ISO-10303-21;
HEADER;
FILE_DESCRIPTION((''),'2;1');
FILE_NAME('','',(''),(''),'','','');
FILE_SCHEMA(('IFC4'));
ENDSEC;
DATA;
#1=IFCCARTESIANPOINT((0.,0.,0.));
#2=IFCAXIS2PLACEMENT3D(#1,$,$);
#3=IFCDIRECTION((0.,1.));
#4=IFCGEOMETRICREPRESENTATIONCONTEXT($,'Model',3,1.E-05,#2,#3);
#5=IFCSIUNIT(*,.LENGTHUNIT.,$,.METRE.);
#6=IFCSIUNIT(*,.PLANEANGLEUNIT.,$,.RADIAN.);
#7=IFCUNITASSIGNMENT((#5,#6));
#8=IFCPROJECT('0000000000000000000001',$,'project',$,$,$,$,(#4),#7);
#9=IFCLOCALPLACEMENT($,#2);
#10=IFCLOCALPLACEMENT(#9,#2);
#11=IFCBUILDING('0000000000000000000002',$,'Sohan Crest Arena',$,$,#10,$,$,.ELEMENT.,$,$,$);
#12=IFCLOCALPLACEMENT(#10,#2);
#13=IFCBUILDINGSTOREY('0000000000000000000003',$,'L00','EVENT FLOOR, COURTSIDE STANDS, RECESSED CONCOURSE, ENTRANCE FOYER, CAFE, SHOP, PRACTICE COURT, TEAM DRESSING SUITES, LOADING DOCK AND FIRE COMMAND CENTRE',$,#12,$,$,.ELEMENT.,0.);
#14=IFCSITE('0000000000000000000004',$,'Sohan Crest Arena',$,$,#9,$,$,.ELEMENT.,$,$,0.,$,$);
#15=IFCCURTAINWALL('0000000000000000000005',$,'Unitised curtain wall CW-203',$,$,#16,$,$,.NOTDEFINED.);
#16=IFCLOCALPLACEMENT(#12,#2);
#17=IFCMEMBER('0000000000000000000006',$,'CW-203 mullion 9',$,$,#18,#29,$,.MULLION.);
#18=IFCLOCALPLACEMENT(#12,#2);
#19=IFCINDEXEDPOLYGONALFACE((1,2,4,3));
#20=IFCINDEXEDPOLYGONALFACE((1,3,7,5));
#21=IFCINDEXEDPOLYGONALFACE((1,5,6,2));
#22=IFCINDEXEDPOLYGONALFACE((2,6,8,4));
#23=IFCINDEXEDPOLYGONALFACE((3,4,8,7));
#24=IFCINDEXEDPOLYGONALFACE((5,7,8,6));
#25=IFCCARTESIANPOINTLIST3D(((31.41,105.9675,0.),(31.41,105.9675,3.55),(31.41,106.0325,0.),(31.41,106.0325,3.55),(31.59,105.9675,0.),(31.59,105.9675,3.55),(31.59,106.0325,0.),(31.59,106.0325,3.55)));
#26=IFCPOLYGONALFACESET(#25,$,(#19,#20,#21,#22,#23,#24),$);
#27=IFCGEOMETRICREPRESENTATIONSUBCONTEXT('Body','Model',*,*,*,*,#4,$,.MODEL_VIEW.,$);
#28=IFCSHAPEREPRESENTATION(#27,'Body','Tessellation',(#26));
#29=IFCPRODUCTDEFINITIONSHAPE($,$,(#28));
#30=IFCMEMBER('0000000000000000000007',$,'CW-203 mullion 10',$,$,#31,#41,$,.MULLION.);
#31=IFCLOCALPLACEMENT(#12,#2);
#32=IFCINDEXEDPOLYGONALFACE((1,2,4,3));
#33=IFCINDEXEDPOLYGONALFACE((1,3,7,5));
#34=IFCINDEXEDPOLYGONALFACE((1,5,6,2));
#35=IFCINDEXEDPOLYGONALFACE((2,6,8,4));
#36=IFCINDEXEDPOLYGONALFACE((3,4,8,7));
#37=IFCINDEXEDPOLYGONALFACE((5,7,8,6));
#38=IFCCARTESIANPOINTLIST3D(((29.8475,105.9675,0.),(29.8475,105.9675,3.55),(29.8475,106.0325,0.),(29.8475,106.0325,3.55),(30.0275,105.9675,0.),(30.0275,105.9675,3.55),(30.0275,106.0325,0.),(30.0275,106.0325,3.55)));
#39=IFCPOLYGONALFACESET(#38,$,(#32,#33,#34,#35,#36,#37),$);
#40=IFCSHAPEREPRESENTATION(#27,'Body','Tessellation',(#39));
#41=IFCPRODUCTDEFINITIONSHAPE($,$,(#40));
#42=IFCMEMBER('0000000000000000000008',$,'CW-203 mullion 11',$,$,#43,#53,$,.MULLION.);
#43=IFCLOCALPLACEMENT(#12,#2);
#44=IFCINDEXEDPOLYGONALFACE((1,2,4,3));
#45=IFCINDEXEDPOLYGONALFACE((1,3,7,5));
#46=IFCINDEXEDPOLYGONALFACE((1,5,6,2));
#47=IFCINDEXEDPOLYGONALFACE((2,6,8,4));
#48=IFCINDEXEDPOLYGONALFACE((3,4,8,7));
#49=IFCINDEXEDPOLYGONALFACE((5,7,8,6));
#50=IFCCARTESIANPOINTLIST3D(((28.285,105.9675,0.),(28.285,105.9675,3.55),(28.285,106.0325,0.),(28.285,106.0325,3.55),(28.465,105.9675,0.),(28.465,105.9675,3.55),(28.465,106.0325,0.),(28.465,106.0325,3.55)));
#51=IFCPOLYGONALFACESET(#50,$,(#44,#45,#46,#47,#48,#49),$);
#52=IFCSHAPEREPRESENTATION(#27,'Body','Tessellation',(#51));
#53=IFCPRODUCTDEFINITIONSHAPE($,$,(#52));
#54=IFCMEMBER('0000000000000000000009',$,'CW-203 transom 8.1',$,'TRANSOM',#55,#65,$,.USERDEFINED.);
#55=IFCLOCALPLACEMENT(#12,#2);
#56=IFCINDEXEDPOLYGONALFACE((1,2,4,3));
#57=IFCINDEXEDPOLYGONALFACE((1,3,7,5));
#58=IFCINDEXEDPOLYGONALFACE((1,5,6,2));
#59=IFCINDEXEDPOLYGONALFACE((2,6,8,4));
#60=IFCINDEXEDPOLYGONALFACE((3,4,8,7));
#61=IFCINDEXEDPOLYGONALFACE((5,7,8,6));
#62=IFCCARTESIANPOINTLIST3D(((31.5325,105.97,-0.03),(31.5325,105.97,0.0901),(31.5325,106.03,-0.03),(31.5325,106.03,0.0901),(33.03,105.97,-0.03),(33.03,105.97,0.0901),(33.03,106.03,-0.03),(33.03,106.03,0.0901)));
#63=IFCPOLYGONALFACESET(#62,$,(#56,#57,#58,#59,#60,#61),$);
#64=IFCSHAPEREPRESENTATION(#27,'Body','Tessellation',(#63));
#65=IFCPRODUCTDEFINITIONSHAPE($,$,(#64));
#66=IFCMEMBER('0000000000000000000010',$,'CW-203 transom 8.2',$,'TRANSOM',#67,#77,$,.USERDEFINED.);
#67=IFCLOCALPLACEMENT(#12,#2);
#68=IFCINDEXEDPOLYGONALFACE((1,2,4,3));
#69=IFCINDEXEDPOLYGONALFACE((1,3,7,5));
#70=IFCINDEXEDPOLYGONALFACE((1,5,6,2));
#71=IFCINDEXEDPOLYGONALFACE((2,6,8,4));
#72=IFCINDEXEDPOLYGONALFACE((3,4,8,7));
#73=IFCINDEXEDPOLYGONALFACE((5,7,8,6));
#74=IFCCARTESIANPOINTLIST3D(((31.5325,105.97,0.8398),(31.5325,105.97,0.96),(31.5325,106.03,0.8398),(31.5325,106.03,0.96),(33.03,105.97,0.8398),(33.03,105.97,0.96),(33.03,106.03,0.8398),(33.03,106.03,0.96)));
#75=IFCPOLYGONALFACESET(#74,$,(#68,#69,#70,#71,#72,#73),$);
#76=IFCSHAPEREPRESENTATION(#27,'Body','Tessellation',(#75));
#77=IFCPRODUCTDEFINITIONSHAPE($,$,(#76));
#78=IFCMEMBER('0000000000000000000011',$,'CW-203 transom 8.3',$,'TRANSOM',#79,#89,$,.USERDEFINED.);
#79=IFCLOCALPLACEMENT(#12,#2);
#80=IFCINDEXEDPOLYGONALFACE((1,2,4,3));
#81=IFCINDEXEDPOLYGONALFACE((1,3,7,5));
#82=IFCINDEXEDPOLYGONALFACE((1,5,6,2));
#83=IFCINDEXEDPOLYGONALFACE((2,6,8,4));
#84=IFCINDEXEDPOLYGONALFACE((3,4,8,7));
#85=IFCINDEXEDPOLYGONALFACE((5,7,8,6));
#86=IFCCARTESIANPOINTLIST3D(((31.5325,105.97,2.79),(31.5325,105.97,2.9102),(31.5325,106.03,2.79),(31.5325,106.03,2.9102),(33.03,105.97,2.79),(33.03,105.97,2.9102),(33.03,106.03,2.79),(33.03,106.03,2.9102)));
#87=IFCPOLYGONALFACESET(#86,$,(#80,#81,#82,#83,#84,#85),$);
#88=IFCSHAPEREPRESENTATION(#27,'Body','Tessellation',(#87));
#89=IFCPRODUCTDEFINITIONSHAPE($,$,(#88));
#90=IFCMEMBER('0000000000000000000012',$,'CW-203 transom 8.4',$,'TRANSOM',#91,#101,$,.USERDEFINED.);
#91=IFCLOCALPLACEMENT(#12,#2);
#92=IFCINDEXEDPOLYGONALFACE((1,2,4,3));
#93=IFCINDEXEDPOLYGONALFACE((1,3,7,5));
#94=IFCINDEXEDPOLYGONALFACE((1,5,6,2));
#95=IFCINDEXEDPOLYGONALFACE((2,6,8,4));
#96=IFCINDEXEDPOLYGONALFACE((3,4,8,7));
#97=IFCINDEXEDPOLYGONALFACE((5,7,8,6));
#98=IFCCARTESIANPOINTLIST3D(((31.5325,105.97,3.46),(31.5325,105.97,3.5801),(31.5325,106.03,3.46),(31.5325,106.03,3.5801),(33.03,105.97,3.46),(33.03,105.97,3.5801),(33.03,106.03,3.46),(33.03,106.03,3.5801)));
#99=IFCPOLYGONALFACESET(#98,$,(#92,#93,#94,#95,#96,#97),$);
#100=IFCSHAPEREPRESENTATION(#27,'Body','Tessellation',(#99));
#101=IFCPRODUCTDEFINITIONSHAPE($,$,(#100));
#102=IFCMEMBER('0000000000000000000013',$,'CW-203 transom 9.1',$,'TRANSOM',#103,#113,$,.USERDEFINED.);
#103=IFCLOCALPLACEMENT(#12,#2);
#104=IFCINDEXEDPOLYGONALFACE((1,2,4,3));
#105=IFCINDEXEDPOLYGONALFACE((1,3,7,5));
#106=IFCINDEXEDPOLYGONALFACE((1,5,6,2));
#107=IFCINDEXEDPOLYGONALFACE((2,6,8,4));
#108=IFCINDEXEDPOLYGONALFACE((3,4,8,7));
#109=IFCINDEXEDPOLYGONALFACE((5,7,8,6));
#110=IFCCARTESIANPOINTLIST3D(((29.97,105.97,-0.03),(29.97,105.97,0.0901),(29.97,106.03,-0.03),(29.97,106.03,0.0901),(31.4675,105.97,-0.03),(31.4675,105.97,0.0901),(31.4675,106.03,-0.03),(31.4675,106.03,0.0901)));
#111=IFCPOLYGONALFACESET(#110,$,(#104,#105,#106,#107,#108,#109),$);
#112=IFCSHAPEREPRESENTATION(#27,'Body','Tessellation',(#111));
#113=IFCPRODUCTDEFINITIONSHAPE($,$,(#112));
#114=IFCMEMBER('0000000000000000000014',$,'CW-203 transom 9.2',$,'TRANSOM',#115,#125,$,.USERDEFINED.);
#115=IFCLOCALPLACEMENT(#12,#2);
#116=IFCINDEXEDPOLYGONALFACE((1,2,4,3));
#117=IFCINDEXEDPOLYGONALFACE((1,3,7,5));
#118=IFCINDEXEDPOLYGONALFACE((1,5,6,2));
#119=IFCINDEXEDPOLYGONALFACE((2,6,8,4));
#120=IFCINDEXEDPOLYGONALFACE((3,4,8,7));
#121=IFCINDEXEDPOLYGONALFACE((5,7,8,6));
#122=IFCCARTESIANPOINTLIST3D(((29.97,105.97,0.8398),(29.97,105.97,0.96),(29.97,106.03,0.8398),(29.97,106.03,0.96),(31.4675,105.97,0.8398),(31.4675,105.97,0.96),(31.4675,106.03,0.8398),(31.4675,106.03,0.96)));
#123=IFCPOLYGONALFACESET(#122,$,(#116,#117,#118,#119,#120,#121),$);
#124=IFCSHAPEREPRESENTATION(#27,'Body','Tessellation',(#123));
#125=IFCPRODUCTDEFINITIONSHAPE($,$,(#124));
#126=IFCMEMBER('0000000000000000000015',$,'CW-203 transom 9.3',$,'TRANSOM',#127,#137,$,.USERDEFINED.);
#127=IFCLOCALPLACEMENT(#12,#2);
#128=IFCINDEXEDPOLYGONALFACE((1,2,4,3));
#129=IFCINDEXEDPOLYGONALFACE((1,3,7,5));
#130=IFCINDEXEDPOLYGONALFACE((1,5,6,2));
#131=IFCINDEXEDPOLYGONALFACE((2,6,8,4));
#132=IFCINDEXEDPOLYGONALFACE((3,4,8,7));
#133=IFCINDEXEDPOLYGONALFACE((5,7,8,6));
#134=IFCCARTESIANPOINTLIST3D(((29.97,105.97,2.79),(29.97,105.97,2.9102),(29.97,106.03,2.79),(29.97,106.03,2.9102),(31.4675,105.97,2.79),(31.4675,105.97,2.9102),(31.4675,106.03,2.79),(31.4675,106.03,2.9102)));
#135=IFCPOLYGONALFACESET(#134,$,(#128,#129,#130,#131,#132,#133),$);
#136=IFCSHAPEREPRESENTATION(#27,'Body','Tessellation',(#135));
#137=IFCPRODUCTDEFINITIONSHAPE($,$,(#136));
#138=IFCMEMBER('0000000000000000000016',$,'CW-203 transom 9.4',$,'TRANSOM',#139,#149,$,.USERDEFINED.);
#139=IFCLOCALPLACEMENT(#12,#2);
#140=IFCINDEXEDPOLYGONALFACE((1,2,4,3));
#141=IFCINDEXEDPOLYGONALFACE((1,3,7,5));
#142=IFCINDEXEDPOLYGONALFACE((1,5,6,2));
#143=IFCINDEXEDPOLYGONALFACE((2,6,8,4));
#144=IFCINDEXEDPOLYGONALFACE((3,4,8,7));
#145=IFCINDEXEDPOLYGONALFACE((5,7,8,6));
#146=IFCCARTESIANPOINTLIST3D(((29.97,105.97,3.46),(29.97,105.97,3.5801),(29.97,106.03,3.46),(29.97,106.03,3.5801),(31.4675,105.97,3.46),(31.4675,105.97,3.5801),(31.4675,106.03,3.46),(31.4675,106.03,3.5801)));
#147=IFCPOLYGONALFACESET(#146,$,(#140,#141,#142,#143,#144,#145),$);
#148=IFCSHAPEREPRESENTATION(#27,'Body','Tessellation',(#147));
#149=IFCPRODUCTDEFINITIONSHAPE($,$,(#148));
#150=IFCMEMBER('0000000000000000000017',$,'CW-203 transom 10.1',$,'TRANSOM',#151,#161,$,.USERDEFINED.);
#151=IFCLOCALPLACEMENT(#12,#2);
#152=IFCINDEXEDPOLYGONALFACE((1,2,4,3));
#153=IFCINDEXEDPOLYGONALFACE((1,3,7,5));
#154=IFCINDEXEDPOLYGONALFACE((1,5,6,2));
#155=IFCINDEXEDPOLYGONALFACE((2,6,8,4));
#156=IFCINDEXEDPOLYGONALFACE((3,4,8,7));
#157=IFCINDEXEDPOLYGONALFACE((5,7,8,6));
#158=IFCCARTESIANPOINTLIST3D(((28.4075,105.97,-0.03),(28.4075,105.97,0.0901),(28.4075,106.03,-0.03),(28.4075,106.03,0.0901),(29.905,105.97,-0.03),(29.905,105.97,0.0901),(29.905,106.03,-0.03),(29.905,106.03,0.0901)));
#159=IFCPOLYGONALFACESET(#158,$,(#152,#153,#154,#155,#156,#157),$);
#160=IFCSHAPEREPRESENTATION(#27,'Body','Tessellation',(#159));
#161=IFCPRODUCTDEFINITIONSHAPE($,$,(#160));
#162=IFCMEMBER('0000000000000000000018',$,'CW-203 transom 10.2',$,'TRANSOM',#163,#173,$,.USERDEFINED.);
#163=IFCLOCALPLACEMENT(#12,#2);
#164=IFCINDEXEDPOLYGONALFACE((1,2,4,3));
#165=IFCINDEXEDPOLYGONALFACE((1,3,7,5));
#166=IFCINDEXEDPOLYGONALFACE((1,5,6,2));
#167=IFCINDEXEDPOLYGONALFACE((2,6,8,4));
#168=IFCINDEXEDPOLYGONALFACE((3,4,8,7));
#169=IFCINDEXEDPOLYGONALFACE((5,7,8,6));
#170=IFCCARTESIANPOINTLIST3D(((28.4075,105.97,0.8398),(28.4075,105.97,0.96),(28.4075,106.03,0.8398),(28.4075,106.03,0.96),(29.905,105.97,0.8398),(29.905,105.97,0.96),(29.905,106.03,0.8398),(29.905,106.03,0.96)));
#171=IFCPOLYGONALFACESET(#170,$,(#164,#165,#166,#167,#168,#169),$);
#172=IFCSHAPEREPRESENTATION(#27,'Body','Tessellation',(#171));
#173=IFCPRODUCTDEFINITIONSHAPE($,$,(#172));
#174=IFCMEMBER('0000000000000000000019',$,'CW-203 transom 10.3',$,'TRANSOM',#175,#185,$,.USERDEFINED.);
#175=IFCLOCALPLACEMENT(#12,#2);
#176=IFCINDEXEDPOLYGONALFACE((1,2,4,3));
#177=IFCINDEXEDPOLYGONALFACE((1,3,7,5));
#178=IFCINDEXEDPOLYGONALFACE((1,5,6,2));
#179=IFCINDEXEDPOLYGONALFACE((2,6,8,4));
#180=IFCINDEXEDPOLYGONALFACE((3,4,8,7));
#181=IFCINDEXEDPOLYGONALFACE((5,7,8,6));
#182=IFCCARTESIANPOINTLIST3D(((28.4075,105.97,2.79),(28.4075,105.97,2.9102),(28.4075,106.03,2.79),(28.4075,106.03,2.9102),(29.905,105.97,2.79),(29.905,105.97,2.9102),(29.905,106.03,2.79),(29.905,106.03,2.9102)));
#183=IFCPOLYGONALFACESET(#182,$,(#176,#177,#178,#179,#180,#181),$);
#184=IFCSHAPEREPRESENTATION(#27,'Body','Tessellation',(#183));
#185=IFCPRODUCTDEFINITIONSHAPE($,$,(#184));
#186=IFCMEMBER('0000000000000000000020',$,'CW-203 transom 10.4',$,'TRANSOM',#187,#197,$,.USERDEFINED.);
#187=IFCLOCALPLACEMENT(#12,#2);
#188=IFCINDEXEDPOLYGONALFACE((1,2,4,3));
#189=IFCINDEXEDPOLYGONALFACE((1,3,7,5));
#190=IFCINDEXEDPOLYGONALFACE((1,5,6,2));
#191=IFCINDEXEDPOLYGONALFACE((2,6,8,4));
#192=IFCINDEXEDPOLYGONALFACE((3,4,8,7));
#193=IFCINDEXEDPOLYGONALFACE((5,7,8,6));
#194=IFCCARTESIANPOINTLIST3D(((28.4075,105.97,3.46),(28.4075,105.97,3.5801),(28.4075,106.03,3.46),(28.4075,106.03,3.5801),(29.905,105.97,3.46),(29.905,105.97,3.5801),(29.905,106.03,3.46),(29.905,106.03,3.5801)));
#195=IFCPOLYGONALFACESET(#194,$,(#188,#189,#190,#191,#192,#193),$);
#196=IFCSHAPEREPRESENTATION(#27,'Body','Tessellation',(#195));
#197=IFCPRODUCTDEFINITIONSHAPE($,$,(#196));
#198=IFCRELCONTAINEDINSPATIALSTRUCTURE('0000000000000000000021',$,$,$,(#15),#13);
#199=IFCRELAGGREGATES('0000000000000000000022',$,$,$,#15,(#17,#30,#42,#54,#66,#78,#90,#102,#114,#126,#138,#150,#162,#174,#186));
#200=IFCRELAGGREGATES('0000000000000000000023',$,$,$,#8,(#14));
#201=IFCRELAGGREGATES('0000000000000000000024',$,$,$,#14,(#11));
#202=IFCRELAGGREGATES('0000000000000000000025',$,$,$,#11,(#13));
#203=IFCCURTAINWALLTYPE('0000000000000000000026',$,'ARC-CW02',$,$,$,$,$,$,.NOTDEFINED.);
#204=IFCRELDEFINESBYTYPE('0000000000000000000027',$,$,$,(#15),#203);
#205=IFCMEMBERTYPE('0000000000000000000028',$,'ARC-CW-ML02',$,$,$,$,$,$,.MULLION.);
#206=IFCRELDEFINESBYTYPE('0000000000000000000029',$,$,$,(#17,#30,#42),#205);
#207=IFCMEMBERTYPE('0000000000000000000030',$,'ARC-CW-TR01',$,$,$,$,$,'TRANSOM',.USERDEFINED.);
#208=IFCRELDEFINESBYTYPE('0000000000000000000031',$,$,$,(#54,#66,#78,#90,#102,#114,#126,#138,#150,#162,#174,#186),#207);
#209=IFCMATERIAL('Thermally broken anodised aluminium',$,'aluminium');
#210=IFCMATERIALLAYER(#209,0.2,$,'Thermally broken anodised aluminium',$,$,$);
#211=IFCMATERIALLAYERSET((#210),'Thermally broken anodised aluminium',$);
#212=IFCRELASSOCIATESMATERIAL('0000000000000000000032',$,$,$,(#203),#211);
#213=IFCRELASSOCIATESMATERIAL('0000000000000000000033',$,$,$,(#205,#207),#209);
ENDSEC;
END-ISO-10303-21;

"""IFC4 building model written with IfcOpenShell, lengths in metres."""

from ifc_helpers import new_model, si_unit, direction, frame, origin, origin_2d, place, context, subcontext, project, spatial, rectangle, extrude, material, layer, layer_set, material_profile, profile_set, type_object, element, aggregate, save


model = new_model("IFC4")

# Units and contexts
model_context = context("Model", 3, precision=1e-05, world=origin(), true_north=direction((0.0, 1.0)))
body_context = subcontext(model_context, "Body", "Model", "MODEL_VIEW")
ifc_project = project(units=[si_unit("LENGTHUNIT", "METRE"), si_unit("PLANEANGLEUNIT", "RADIAN")], contexts=[model_context])

# Site, building, storey
site_placement = place(None, origin())
site = spatial("IfcSite", under=ifc_project, at=site_placement, Name="Sohan Crest Arena", CompositionType="ELEMENT", RefElevation=0.0)
building_placement = place(site_placement, origin())
building = spatial("IfcBuilding", under=site, at=building_placement, Name="Sohan Crest Arena", CompositionType="ELEMENT")
storey_placement = place(building_placement, origin())
storey = spatial("IfcBuildingStorey", under=building, at=storey_placement, Name="L00", Description="EVENT FLOOR, COURTSIDE STANDS, RECESSED CONCOURSE, ENTRANCE FOYER, CAFE, SHOP, PRACTICE COURT, TEAM DRESSING SUITES, LOADING DOCK AND FIRE COMMAND CENTRE", CompositionType="ELEMENT", Elevation=0.0)

# Curtain wall, members
ifc_material_1 = material(Name="Thermally broken anodised aluminium", Category="aluminium")
ifc_layer_1 = layer(ifc_material_1, 0.2, Name="Thermally broken anodised aluminium")
ifc_layer_set_1 = layer_set([ifc_layer_1], Name="Thermally broken anodised aluminium")
curtain_wall_type = type_object("IfcCurtainWallType", Name="ARC-CW02", PredefinedType="NOTDEFINED", material=ifc_layer_set_1)
curtain_wall_placement = place(storey_placement, origin())
curtain_wall = element("IfcCurtainWall", 1, at=curtain_wall_placement, inside=storey, type_object=curtain_wall_type, Name="Unitised curtain wall CW-203", PredefinedType="NOTDEFINED")
ifc_material_profile_1 = material_profile(ifc_material_1, rectangle(XDim=0.0649, YDim=0.1799, at=origin_2d()), Name="ALU-MULL 65x180")
ifc_profile_set_1 = profile_set([ifc_material_profile_1], Name="Thermally broken anodised aluminium")
member_type_1 = type_object("IfcMemberType", Name="ARC-CW-ML02", PredefinedType="MULLION", material=ifc_profile_set_1)
member_1_placement = place(storey_placement, frame((31.5, 106.0, 0.0), z_axis=(0.0, 0.0, 1.0), x_axis=(0.0, -1.0, 0.0)))
member_1 = element("IfcMember", 2, at=member_1_placement, type_object=member_type_1, Name="CW-203 mullion 9", PredefinedType="MULLION", context=body_context, shape_type="SweptSolid", body=[
    extrude(rectangle(XDim=0.0649, YDim=0.1799, at=origin_2d()), origin(), (0.0, 0.0, 1.0), 3.55),
])
member_2_placement = place(storey_placement, frame((29.9375, 106.0, 0.0), z_axis=(0.0, 0.0, 1.0), x_axis=(0.0, -1.0, 0.0)))
member_2 = element("IfcMember", 3, at=member_2_placement, type_object=member_type_1, Name="CW-203 mullion 10", PredefinedType="MULLION", context=body_context, shape_type="SweptSolid", body=[
    extrude(rectangle(XDim=0.0649, YDim=0.1799, at=origin_2d()), origin(), (0.0, 0.0, 1.0), 3.55),
])
member_3_placement = place(storey_placement, frame((28.375, 106.0, 0.0), z_axis=(0.0, 0.0, 1.0), x_axis=(0.0, -1.0, 0.0)))
member_3 = element("IfcMember", 4, at=member_3_placement, type_object=member_type_1, Name="CW-203 mullion 11", PredefinedType="MULLION", context=body_context, shape_type="SweptSolid", body=[
    extrude(rectangle(XDim=0.0649, YDim=0.1799, at=origin_2d()), origin(), (0.0, 0.0, 1.0), 3.55),
])
ifc_material_profile_2 = material_profile(ifc_material_1, rectangle(XDim=0.0601, YDim=0.1201, at=origin_2d()), Name="ALU-TRAN 60x120")
ifc_profile_set_2 = profile_set([ifc_material_profile_2], Name="Thermally broken anodised aluminium")
member_type_2 = type_object("IfcMemberType", Name="ARC-CW-TR01", ElementType="TRANSOM", PredefinedType="USERDEFINED", material=ifc_profile_set_2)
member_4_placement = place(storey_placement, frame((33.03, 106.0, 0.03), z_axis=(-1.0, 0.0, 0.0), x_axis=(0.0, -1.0, 0.0)))
member_4 = element("IfcMember", 5, at=member_4_placement, type_object=member_type_2, Name="CW-203 transom 8.1", ObjectType="TRANSOM", PredefinedType="USERDEFINED", context=body_context, shape_type="SweptSolid", body=[
    extrude(rectangle(XDim=0.0601, YDim=0.1201, at=origin_2d()), origin(), (0.0, 0.0, 1.0), 1.4976),
])
member_5_placement = place(storey_placement, frame((33.03, 106.0, 0.8999), z_axis=(-1.0, 0.0, 0.0), x_axis=(0.0, -1.0, 0.0)))
member_5 = element("IfcMember", 6, at=member_5_placement, type_object=member_type_2, Name="CW-203 transom 8.2", ObjectType="TRANSOM", PredefinedType="USERDEFINED", context=body_context, shape_type="SweptSolid", body=[
    extrude(rectangle(XDim=0.0601, YDim=0.1201, at=origin_2d()), origin(), (0.0, 0.0, 1.0), 1.4976),
])
member_6_placement = place(storey_placement, frame((33.03, 106.0, 2.8501), z_axis=(-1.0, 0.0, 0.0), x_axis=(0.0, -1.0, 0.0)))
member_6 = element("IfcMember", 7, at=member_6_placement, type_object=member_type_2, Name="CW-203 transom 8.3", ObjectType="TRANSOM", PredefinedType="USERDEFINED", context=body_context, shape_type="SweptSolid", body=[
    extrude(rectangle(XDim=0.0601, YDim=0.1201, at=origin_2d()), origin(), (0.0, 0.0, 1.0), 1.4976),
])
member_7_placement = place(storey_placement, frame((33.03, 106.0, 3.52), z_axis=(-1.0, 0.0, 0.0), x_axis=(0.0, -1.0, 0.0)))
member_7 = element("IfcMember", 8, at=member_7_placement, type_object=member_type_2, Name="CW-203 transom 8.4", ObjectType="TRANSOM", PredefinedType="USERDEFINED", context=body_context, shape_type="SweptSolid", body=[
    extrude(rectangle(XDim=0.0601, YDim=0.1201, at=origin_2d()), origin(), (0.0, 0.0, 1.0), 1.4976),
])
member_8_placement = place(storey_placement, frame((31.4675, 106.0, 0.03), z_axis=(-1.0, 0.0, 0.0), x_axis=(0.0, -1.0, 0.0)))
member_8 = element("IfcMember", 9, at=member_8_placement, type_object=member_type_2, Name="CW-203 transom 9.1", ObjectType="TRANSOM", PredefinedType="USERDEFINED", context=body_context, shape_type="SweptSolid", body=[
    extrude(rectangle(XDim=0.0601, YDim=0.1201, at=origin_2d()), origin(), (0.0, 0.0, 1.0), 1.4976),
])
member_9_placement = place(storey_placement, frame((31.4675, 106.0, 0.8999), z_axis=(-1.0, 0.0, 0.0), x_axis=(0.0, -1.0, 0.0)))
member_9 = element("IfcMember", 10, at=member_9_placement, type_object=member_type_2, Name="CW-203 transom 9.2", ObjectType="TRANSOM", PredefinedType="USERDEFINED", context=body_context, shape_type="SweptSolid", body=[
    extrude(rectangle(XDim=0.0601, YDim=0.1201, at=origin_2d()), origin(), (0.0, 0.0, 1.0), 1.4976),
])
member_10_placement = place(storey_placement, frame((31.4675, 106.0, 2.8501), z_axis=(-1.0, 0.0, 0.0), x_axis=(0.0, -1.0, 0.0)))
member_10 = element("IfcMember", 11, at=member_10_placement, type_object=member_type_2, Name="CW-203 transom 9.3", ObjectType="TRANSOM", PredefinedType="USERDEFINED", context=body_context, shape_type="SweptSolid", body=[
    extrude(rectangle(XDim=0.0601, YDim=0.1201, at=origin_2d()), origin(), (0.0, 0.0, 1.0), 1.4976),
])
member_11_placement = place(storey_placement, frame((31.4675, 106.0, 3.52), z_axis=(-1.0, 0.0, 0.0), x_axis=(0.0, -1.0, 0.0)))
member_11 = element("IfcMember", 12, at=member_11_placement, type_object=member_type_2, Name="CW-203 transom 9.4", ObjectType="TRANSOM", PredefinedType="USERDEFINED", context=body_context, shape_type="SweptSolid", body=[
    extrude(rectangle(XDim=0.0601, YDim=0.1201, at=origin_2d()), origin(), (0.0, 0.0, 1.0), 1.4976),
])
member_12_placement = place(storey_placement, frame((29.905, 106.0, 0.03), z_axis=(-1.0, 0.0, 0.0), x_axis=(0.0, -1.0, 0.0)))
member_12 = element("IfcMember", 13, at=member_12_placement, type_object=member_type_2, Name="CW-203 transom 10.1", ObjectType="TRANSOM", PredefinedType="USERDEFINED", context=body_context, shape_type="SweptSolid", body=[
    extrude(rectangle(XDim=0.0601, YDim=0.1201, at=origin_2d()), origin(), (0.0, 0.0, 1.0), 1.4976),
])
member_13_placement = place(storey_placement, frame((29.905, 106.0, 0.8999), z_axis=(-1.0, 0.0, 0.0), x_axis=(0.0, -1.0, 0.0)))
member_13 = element("IfcMember", 14, at=member_13_placement, type_object=member_type_2, Name="CW-203 transom 10.2", ObjectType="TRANSOM", PredefinedType="USERDEFINED", context=body_context, shape_type="SweptSolid", body=[
    extrude(rectangle(XDim=0.0601, YDim=0.1201, at=origin_2d()), origin(), (0.0, 0.0, 1.0), 1.4976),
])
member_14_placement = place(storey_placement, frame((29.905, 106.0, 2.8501), z_axis=(-1.0, 0.0, 0.0), x_axis=(0.0, -1.0, 0.0)))
member_14 = element("IfcMember", 15, at=member_14_placement, type_object=member_type_2, Name="CW-203 transom 10.3", ObjectType="TRANSOM", PredefinedType="USERDEFINED", context=body_context, shape_type="SweptSolid", body=[
    extrude(rectangle(XDim=0.0601, YDim=0.1201, at=origin_2d()), origin(), (0.0, 0.0, 1.0), 1.4976),
])
member_15_placement = place(storey_placement, frame((29.905, 106.0, 3.52), z_axis=(-1.0, 0.0, 0.0), x_axis=(0.0, -1.0, 0.0)))
member_15 = element("IfcMember", 16, at=member_15_placement, type_object=member_type_2, Name="CW-203 transom 10.4", ObjectType="TRANSOM", PredefinedType="USERDEFINED", context=body_context, shape_type="SweptSolid", body=[
    extrude(rectangle(XDim=0.0601, YDim=0.1201, at=origin_2d()), origin(), (0.0, 0.0, 1.0), 1.4976),
])
aggregate(curtain_wall, [member_1, member_2, member_3, member_4, member_5, member_6, member_7, member_8, member_9, member_10, member_11, member_12, member_13, member_14, member_15])

save(model, "model.ifc")
